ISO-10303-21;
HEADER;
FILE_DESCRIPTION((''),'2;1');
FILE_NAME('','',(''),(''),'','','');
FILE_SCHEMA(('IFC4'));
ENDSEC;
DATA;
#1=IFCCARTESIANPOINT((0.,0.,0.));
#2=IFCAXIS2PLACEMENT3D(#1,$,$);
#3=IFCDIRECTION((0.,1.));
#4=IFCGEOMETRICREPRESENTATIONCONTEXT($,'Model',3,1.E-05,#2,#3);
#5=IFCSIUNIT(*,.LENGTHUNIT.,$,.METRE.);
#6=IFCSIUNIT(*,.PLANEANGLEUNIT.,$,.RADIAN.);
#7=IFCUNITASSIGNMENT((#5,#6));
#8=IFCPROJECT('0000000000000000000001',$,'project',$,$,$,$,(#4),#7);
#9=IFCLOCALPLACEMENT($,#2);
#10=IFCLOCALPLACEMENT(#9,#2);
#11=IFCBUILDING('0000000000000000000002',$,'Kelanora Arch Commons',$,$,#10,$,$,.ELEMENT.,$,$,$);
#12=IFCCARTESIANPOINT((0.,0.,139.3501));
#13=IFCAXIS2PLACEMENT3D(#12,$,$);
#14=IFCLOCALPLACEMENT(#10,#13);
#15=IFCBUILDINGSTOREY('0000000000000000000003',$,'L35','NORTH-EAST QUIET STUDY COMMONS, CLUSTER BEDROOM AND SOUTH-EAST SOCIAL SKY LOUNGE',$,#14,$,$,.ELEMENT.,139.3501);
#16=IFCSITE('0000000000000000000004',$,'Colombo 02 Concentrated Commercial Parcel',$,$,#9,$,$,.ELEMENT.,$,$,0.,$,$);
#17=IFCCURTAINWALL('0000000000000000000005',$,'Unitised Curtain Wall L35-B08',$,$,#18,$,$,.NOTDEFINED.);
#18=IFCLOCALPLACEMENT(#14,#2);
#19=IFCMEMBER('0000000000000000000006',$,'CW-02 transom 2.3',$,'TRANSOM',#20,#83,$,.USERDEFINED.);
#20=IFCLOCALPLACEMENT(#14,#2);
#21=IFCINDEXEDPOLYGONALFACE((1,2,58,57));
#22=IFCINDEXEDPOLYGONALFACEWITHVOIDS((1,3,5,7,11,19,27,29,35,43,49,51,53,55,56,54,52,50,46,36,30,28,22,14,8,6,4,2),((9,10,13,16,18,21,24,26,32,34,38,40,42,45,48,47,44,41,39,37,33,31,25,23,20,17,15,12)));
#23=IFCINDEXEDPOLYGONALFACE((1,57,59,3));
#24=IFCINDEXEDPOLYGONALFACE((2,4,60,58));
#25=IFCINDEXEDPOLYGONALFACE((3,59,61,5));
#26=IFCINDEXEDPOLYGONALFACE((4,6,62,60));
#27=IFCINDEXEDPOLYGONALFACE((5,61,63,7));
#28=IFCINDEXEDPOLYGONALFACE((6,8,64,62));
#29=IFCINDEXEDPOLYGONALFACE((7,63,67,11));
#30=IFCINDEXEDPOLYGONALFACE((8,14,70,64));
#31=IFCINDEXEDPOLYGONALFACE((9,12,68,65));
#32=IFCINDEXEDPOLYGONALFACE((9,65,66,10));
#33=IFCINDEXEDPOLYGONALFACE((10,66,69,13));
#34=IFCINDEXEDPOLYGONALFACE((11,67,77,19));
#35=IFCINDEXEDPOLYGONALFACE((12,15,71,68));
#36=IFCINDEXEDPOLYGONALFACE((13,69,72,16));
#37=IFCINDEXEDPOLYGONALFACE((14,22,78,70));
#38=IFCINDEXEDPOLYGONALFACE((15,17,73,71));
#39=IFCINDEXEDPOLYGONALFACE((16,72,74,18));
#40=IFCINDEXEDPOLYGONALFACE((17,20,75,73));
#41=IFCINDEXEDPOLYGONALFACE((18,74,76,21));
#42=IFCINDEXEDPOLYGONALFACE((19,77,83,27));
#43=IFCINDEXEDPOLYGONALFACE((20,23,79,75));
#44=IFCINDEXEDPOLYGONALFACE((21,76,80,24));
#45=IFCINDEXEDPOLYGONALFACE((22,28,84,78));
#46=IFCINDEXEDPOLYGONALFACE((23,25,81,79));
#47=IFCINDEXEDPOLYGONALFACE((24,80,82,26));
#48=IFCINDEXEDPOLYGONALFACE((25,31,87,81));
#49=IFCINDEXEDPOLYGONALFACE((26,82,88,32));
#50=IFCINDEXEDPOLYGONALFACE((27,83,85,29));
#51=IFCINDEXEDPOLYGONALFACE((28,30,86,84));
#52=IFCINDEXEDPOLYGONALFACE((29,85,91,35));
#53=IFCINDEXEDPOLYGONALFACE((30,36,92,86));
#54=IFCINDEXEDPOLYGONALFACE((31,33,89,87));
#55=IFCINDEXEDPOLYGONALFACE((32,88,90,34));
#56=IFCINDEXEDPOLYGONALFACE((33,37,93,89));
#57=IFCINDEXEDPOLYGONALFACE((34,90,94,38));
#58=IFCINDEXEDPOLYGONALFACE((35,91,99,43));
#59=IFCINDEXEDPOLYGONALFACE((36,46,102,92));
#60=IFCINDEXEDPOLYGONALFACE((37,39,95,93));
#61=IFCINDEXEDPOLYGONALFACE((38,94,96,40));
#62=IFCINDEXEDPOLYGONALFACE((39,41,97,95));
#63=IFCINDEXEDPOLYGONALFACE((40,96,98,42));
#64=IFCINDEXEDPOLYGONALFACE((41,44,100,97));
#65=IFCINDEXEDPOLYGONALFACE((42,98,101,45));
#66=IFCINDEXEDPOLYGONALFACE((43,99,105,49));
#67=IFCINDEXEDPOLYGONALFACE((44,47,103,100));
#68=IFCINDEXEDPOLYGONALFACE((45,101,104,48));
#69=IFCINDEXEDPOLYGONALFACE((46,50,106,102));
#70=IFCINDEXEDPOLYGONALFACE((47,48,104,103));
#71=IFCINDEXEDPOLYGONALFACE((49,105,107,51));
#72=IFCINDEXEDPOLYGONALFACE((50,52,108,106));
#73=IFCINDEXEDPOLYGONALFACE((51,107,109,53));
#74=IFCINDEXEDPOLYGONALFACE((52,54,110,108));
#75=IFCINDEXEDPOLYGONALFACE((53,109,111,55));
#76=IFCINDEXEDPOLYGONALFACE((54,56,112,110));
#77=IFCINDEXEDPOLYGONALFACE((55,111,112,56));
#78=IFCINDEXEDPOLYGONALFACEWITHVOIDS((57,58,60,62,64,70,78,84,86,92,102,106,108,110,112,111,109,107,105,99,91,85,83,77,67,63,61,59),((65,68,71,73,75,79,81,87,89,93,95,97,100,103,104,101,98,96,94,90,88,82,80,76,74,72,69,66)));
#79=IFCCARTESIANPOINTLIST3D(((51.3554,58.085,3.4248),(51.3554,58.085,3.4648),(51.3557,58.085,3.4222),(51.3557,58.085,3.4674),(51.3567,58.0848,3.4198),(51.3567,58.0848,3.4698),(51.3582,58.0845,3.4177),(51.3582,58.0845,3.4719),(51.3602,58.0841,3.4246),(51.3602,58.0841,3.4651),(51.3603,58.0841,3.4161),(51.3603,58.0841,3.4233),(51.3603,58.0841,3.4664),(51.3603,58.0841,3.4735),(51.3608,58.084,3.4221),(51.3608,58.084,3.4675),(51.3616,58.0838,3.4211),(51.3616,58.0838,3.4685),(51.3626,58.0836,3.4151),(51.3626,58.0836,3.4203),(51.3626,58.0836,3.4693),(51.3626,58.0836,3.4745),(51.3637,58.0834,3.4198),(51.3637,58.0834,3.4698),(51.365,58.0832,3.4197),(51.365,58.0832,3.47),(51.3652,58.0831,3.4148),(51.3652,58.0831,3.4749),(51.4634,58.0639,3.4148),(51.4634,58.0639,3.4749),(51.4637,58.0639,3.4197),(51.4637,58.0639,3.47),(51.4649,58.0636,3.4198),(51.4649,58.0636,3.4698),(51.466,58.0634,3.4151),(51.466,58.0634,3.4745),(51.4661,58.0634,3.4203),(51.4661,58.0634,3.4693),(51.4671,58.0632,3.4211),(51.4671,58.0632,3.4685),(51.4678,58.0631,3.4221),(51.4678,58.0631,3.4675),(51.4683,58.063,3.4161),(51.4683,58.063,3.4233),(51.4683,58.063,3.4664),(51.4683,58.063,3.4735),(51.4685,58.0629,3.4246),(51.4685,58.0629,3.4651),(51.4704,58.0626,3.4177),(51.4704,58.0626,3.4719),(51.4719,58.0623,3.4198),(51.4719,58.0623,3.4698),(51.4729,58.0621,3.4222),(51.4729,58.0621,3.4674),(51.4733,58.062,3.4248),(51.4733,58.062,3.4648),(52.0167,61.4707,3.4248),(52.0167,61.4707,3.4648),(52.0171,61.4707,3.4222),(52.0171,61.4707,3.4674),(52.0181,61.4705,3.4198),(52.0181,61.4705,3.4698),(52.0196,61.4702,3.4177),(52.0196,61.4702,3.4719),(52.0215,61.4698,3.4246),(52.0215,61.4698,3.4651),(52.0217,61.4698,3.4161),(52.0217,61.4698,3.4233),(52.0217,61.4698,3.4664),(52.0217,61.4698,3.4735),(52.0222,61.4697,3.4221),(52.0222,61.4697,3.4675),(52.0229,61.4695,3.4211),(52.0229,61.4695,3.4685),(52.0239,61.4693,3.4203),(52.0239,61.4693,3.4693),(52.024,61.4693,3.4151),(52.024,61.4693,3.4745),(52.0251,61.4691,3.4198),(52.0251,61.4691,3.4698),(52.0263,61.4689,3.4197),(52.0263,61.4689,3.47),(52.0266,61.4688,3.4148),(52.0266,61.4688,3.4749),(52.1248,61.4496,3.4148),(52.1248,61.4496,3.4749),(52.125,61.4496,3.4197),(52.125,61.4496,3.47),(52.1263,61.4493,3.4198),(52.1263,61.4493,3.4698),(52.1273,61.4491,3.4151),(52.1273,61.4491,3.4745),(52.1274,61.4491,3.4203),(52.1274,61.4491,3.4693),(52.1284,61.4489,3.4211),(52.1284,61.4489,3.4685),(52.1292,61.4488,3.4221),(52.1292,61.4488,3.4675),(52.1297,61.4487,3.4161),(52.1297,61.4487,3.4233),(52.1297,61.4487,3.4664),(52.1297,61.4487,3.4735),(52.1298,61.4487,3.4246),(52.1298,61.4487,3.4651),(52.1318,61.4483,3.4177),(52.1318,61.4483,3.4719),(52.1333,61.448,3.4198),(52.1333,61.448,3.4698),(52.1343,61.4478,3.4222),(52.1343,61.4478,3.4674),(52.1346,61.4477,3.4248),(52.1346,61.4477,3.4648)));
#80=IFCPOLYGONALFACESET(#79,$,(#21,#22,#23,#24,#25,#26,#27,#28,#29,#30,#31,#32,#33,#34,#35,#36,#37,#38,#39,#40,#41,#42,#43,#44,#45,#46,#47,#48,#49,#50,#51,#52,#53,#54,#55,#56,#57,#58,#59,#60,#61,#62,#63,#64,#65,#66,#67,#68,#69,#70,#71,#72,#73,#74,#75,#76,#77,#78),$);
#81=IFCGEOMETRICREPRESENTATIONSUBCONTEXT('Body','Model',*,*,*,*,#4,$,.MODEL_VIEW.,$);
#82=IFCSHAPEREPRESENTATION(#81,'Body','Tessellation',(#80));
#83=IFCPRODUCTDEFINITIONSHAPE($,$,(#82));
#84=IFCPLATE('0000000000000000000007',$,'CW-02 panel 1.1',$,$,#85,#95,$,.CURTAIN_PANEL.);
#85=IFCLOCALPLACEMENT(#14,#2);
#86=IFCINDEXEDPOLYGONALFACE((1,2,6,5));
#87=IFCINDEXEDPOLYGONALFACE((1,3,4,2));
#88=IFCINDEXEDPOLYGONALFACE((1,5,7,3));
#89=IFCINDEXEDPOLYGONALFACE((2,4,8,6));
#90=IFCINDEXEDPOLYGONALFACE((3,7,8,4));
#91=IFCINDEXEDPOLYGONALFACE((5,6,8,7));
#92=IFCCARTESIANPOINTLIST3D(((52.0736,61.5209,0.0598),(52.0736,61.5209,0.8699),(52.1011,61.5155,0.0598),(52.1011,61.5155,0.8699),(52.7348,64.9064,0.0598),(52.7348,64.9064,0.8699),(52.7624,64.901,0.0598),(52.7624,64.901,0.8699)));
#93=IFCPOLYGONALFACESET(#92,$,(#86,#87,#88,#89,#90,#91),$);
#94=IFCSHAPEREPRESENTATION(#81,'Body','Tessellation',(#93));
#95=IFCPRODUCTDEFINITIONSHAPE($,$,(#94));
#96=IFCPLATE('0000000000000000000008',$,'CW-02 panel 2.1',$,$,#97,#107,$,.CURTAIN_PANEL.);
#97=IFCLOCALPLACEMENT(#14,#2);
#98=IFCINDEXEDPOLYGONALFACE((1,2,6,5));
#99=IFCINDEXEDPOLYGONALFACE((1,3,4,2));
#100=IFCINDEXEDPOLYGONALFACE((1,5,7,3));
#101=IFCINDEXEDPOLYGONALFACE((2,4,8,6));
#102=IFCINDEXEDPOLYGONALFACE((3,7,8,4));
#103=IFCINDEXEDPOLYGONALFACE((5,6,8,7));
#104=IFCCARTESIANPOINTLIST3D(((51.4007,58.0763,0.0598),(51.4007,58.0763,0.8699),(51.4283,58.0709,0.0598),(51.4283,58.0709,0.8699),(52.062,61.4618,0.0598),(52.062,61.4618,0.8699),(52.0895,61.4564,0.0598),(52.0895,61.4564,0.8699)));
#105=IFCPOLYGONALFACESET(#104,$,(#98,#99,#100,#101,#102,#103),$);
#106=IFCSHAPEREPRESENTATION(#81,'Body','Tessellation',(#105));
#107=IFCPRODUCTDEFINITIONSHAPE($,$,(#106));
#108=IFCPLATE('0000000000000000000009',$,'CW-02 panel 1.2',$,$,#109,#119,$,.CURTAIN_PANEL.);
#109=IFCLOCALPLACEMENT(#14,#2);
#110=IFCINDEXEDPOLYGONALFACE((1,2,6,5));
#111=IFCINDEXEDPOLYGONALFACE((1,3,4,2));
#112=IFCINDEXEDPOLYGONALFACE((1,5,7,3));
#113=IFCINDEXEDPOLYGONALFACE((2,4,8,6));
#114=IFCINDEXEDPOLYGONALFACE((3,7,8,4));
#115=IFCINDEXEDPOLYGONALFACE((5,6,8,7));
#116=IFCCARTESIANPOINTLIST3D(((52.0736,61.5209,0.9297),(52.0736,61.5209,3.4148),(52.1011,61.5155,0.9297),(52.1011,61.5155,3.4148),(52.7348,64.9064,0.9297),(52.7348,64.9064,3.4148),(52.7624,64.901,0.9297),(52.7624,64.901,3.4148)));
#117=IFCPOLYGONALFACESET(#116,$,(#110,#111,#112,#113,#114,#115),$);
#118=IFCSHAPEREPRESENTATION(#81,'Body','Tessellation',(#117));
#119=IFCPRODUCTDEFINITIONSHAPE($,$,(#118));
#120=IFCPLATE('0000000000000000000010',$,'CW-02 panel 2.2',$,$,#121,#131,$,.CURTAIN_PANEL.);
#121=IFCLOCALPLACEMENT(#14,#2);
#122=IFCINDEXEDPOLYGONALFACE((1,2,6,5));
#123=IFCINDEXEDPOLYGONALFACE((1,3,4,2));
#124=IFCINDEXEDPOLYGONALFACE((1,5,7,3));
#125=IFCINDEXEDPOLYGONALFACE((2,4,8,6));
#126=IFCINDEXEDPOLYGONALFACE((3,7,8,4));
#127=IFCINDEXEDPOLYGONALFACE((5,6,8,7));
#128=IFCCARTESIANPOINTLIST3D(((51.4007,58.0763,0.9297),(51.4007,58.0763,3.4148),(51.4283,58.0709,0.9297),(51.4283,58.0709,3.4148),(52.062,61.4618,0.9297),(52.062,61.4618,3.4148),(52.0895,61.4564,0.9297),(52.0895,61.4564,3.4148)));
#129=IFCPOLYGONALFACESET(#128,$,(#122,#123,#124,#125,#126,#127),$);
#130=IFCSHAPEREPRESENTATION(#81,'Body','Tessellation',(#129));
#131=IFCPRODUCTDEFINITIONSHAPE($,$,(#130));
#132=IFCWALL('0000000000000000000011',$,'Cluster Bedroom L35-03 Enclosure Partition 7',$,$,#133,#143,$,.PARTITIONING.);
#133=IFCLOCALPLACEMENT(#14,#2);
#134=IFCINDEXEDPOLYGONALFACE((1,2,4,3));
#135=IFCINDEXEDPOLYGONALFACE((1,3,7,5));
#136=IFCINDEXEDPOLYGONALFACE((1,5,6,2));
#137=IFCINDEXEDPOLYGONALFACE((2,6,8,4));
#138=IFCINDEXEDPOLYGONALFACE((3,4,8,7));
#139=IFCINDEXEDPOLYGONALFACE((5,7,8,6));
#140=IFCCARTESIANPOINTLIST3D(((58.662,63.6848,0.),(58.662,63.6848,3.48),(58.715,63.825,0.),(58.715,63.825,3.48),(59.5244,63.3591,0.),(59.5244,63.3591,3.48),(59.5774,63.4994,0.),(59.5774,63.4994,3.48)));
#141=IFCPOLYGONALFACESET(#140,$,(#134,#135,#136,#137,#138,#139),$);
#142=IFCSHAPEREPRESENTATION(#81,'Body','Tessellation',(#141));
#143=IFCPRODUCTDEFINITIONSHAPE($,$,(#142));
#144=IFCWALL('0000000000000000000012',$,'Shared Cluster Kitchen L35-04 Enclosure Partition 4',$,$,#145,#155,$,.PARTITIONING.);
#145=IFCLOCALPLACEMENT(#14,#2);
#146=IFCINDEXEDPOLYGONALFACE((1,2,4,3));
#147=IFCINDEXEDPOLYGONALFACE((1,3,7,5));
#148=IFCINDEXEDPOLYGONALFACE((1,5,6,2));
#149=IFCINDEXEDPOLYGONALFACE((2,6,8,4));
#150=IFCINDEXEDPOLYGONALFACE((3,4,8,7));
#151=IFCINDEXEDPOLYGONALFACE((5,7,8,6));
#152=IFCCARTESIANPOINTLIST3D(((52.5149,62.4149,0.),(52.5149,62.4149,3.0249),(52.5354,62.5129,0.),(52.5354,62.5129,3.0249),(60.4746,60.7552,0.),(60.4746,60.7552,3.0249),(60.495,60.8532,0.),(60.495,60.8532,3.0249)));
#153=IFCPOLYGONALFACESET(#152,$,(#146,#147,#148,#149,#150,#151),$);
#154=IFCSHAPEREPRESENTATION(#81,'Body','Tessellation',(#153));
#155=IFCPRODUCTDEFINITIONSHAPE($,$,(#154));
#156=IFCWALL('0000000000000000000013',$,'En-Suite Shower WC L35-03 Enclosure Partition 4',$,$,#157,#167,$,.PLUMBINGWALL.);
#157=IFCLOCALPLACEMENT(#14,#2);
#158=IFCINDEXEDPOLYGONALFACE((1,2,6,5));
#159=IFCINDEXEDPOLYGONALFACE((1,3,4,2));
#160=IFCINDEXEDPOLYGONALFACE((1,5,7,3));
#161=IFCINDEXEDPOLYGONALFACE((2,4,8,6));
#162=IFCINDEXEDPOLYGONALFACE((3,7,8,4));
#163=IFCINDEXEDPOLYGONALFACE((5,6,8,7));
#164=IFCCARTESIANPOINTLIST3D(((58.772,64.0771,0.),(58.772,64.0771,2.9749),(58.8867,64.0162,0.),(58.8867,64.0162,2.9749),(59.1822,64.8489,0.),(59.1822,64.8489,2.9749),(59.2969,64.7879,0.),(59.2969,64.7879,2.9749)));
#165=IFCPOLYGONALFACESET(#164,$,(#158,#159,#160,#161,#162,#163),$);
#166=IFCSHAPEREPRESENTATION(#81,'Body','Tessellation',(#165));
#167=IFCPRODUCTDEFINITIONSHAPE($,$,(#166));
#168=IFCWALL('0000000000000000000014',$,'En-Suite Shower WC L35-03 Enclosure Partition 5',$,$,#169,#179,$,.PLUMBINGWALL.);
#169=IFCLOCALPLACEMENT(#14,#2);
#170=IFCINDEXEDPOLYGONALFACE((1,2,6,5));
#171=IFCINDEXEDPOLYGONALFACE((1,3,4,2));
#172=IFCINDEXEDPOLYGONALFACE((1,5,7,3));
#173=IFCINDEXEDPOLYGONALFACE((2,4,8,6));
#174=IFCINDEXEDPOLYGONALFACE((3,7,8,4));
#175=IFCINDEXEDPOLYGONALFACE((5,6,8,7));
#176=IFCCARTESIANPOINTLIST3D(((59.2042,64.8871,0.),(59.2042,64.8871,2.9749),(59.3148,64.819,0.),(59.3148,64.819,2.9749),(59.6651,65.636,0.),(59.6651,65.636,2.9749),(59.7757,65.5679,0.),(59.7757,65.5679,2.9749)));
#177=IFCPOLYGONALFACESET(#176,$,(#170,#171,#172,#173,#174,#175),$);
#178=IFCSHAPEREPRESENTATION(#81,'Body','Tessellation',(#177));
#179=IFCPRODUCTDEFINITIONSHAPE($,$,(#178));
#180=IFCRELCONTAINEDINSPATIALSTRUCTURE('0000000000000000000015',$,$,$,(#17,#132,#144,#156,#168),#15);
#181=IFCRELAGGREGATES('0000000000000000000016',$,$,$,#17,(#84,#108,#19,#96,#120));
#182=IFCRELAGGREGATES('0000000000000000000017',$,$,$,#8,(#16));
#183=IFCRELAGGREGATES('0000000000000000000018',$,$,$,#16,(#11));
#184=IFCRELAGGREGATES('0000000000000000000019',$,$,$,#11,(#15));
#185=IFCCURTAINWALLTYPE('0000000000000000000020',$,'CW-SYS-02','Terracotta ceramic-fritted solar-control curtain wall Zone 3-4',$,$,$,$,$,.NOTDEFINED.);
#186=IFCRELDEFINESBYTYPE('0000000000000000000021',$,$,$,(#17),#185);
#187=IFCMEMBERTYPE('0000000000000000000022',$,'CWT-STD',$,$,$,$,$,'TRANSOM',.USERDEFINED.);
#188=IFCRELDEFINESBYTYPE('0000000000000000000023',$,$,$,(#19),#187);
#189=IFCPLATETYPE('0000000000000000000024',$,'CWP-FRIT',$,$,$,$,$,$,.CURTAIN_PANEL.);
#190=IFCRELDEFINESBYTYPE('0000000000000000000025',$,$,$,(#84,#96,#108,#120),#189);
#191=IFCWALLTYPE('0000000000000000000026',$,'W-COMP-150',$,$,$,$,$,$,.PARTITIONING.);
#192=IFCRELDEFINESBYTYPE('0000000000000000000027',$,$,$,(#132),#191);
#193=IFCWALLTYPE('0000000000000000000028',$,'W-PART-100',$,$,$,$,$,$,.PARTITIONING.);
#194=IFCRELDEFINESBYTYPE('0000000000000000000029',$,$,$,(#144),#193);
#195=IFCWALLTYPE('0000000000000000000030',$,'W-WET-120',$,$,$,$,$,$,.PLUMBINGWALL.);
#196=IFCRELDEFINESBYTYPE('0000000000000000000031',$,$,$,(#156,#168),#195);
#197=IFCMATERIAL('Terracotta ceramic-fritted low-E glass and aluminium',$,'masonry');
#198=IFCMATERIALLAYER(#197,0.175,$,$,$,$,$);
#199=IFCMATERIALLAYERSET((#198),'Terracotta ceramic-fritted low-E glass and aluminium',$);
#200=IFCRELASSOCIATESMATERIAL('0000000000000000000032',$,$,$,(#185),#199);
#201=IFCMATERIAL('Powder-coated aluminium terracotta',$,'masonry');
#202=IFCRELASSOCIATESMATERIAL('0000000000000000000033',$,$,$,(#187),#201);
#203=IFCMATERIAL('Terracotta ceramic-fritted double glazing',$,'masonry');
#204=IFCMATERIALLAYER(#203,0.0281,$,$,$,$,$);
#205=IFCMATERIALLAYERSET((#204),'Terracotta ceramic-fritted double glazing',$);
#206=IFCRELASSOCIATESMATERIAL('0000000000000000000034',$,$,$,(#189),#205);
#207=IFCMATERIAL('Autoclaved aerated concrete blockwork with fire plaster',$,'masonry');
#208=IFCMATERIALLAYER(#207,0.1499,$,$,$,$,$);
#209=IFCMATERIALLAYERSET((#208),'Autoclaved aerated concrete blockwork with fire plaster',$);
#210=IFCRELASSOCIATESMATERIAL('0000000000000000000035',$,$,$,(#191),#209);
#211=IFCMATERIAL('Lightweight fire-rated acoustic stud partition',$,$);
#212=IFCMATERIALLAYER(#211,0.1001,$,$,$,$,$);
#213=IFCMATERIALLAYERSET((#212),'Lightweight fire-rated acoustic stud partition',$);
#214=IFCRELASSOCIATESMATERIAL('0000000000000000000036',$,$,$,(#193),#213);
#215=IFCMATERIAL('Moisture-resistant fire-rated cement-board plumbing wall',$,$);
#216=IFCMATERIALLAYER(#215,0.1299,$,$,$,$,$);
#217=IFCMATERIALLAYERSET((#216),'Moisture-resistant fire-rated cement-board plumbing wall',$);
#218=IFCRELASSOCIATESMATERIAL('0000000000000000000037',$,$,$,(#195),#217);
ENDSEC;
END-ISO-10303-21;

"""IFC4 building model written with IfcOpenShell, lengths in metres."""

from ifc_helpers import new_model, si_unit, direction, frame, frame_2d, origin, origin_2d, place, context, subcontext, project, spatial, rectangle, hollow_rectangle, extrude, source, transform, mapped, material, layer, layer_set, material_profile, profile_set, type_object, element, aggregate, save


model = new_model("IFC4")

# Units and contexts
model_context = context("Model", 3, precision=1e-05, world=origin(), true_north=direction((0.0, 1.0)))
body_context = subcontext(model_context, "Body", "Model", "MODEL_VIEW")
ifc_project = project(units=[si_unit("LENGTHUNIT", "METRE"), si_unit("PLANEANGLEUNIT", "RADIAN")], contexts=[model_context])

# Site, building, storey
site_placement = place(None, origin())
site = spatial("IfcSite", under=ifc_project, at=site_placement, Name="Colombo 02 Concentrated Commercial Parcel", CompositionType="ELEMENT", RefElevation=0.0)
building_placement = place(site_placement, origin())
building = spatial("IfcBuilding", under=site, at=building_placement, Name="Kelanora Arch Commons", CompositionType="ELEMENT")
storey_placement = place(building_placement, frame((0.0, 0.0, 139.3501)))
storey = spatial("IfcBuildingStorey", under=building, at=storey_placement, Name="L35", Description="NORTH-EAST QUIET STUDY COMMONS, CLUSTER BEDROOM AND SOUTH-EAST SOCIAL SKY LOUNGE", CompositionType="ELEMENT", Elevation=139.3501)

# Curtain wall, member, plates
ifc_material_1 = material(Name="Terracotta ceramic-fritted low-E glass and aluminium", Category="masonry")
ifc_layer_1 = layer(ifc_material_1, 0.175)
ifc_layer_set_1 = layer_set([ifc_layer_1], Name="Terracotta ceramic-fritted low-E glass and aluminium")
curtain_wall_type = type_object("IfcCurtainWallType", Name="CW-SYS-02", Description="Terracotta ceramic-fritted solar-control curtain wall Zone 3-4", PredefinedType="NOTDEFINED", material=ifc_layer_set_1)
curtain_wall_placement = place(storey_placement, origin())
curtain_wall = element("IfcCurtainWall", 1, at=curtain_wall_placement, inside=storey, type_object=curtain_wall_type, Name="Unitised Curtain Wall L35-B08", PredefinedType="NOTDEFINED")
ifc_material_2 = material(Name="Powder-coated aluminium terracotta", Category="masonry")
ifc_material_profile_1 = material_profile(ifc_material_2, hollow_rectangle(XDim=0.1201, YDim=0.0601, WallThickness=0.0049, InnerFilletRadius=0.0049, OuterFilletRadius=0.01, at=origin_2d()), Name="CWT120x60")
ifc_profile_set_1 = profile_set([ifc_material_profile_1], Name="Powder-coated aluminium terracotta")
member_type_1 = type_object("IfcMemberType", Name="CWT-STD", ElementType="TRANSOM", PredefinedType="USERDEFINED", material=ifc_profile_set_1)
member_1_placement = place(storey_placement, frame((52.0757, 61.4592, 3.4448), z_axis=(-0.191718, -0.98145, 0.0), x_axis=(0.98145, -0.191718, 0.0)))
member_1 = element("IfcMember", 2, at=member_1_placement, type_object=member_type_1, Name="CW-02 transom 2.3", ObjectType="TRANSOM", PredefinedType="USERDEFINED", context=body_context, shape_type="SweptSolid", body=[
    extrude(hollow_rectangle(XDim=0.1201, YDim=0.0601, WallThickness=0.0049, InnerFilletRadius=0.0049, OuterFilletRadius=0.01, at=origin_2d()), origin(), (0.0, 0.0, 1.0), 3.4497),
])
ifc_material_3 = material(Name="Terracotta ceramic-fritted double glazing", Category="masonry")
ifc_layer_2 = layer(ifc_material_3, 0.0281)
ifc_layer_set_2 = layer_set([ifc_layer_2], Name="Terracotta ceramic-fritted double glazing")
plate_type = type_object("IfcPlateType", Name="CWP-FRIT", PredefinedType="CURTAIN_PANEL", material=ifc_layer_set_2)
shared_shape_1 = source(origin(), body_context, "Body", "SweptSolid", [
    extrude(rectangle(XDim=3.4495, YDim=0.0281, at=origin_2d()), origin(), (0.0, 0.0, 1.0), 0.8101),
])
plate_1_placement = place(storey_placement, frame((52.418, 63.2109, 0.0598), z_axis=(0.0, 0.0, 1.0), x_axis=(-0.191705, -0.981453, 0.0)))
plate_1 = element("IfcPlate", 3, at=plate_1_placement, type_object=plate_type, Name="CW-02 panel 1.1", PredefinedType="CURTAIN_PANEL", context=body_context, shape_type="MappedRepresentation", body=[
    mapped(shared_shape_1, transform((0.0, 0.0, 0.0), scale=1.0)),
])
plate_2_placement = place(storey_placement, frame((51.7451, 59.7664, 0.0598), z_axis=(0.0, 0.0, 1.0), x_axis=(-0.191705, -0.981453, 0.0)))
plate_2 = element("IfcPlate", 4, at=plate_2_placement, type_object=plate_type, Name="CW-02 panel 2.1", PredefinedType="CURTAIN_PANEL", context=body_context, shape_type="MappedRepresentation", body=[
    mapped(shared_shape_1, transform((0.0, 0.0, 0.0), scale=1.0)),
])
shared_shape_2 = source(origin(), body_context, "Body", "SweptSolid", [
    extrude(rectangle(XDim=3.4495, YDim=0.0281, at=origin_2d()), origin(), (0.0, 0.0, 1.0), 2.4851),
])
plate_3_placement = place(storey_placement, frame((52.418, 63.2109, 0.9297), z_axis=(0.0, 0.0, 1.0), x_axis=(-0.191705, -0.981453, 0.0)))
plate_3 = element("IfcPlate", 5, at=plate_3_placement, type_object=plate_type, Name="CW-02 panel 1.2", PredefinedType="CURTAIN_PANEL", context=body_context, shape_type="MappedRepresentation", body=[
    mapped(shared_shape_2, transform((0.0, 0.0, 0.0), scale=1.0)),
])
plate_4_placement = place(storey_placement, frame((51.7451, 59.7664, 0.9297), z_axis=(0.0, 0.0, 1.0), x_axis=(-0.191705, -0.981453, 0.0)))
plate_4 = element("IfcPlate", 6, at=plate_4_placement, type_object=plate_type, Name="CW-02 panel 2.2", PredefinedType="CURTAIN_PANEL", context=body_context, shape_type="MappedRepresentation", body=[
    mapped(shared_shape_2, transform((0.0, 0.0, 0.0), scale=1.0)),
])
aggregate(curtain_wall, [plate_1, plate_3, member_1, plate_2, plate_4])

# Walls
ifc_material_4 = material(Name="Autoclaved aerated concrete blockwork with fire plaster", Category="masonry")
ifc_layer_3 = layer(ifc_material_4, 0.1499)
ifc_layer_set_3 = layer_set([ifc_layer_3], Name="Autoclaved aerated concrete blockwork with fire plaster")
wall_type_1 = type_object("IfcWallType", Name="W-COMP-150", PredefinedType="PARTITIONING", material=ifc_layer_set_3)
wall_1_placement = place(storey_placement, frame((58.6885, 63.7549, 0.0), z_axis=(0.0, 0.0, 1.0), x_axis=(0.935532, -0.353241, 0.0)))
element("IfcWall", 7, at=wall_1_placement, inside=storey, type_object=wall_type_1, Name="Cluster Bedroom L35-03 Enclosure Partition 7", PredefinedType="PARTITIONING", context=body_context, shape_type="SweptSolid", body=[
    extrude(rectangle(XDim=0.9219, YDim=0.1499, at=frame_2d((0.4609, 0.0))), origin(), (0.0, 0.0, 1.0), 3.48),
])
ifc_material_5 = material(Name="Lightweight fire-rated acoustic stud partition")
ifc_layer_4 = layer(ifc_material_5, 0.1001)
ifc_layer_set_4 = layer_set([ifc_layer_4], Name="Lightweight fire-rated acoustic stud partition")
wall_type_2 = type_object("IfcWallType", Name="W-PART-100", PredefinedType="PARTITIONING", material=ifc_layer_set_4)
wall_2_placement = place(storey_placement, frame((52.5251, 62.4639, 0.0), z_axis=(0.0, 0.0, 1.0), x_axis=(0.978946, -0.204119, 0.0)))
element("IfcWall", 8, at=wall_2_placement, inside=storey, type_object=wall_type_2, Name="Shared Cluster Kitchen L35-04 Enclosure Partition 4", PredefinedType="PARTITIONING", context=body_context, shape_type="SweptSolid", body=[
    extrude(rectangle(XDim=8.1309, YDim=0.1001, at=frame_2d((4.0654, 0.0))), origin(), (0.0, 0.0, 1.0), 3.0249),
])
ifc_material_6 = material(Name="Moisture-resistant fire-rated cement-board plumbing wall")
ifc_layer_5 = layer(ifc_material_6, 0.1299)
ifc_layer_set_5 = layer_set([ifc_layer_5], Name="Moisture-resistant fire-rated cement-board plumbing wall")
wall_type_3 = type_object("IfcWallType", Name="W-WET-120", PredefinedType="PLUMBINGWALL", material=ifc_layer_set_5)
wall_3_placement = place(storey_placement, frame((58.8293, 64.0466, 0.0), z_axis=(0.0, 0.0, 1.0), x_axis=(0.469312, 0.883033, 0.0)))
element("IfcWall", 9, at=wall_3_placement, inside=storey, type_object=wall_type_3, Name="En-Suite Shower WC L35-03 Enclosure Partition 4", PredefinedType="PLUMBINGWALL", context=body_context, shape_type="SweptSolid", body=[
    extrude(rectangle(XDim=0.874, YDim=0.1299, at=frame_2d((0.437, 0.0))), origin(), (0.0, 0.0, 1.0), 2.9749),
])
wall_4_placement = place(storey_placement, frame((59.2595, 64.853, 0.0), z_axis=(0.0, 0.0, 1.0), x_axis=(0.524097, 0.851658, 0.0)))
element("IfcWall", 10, at=wall_4_placement, inside=storey, type_object=wall_type_3, Name="En-Suite Shower WC L35-03 Enclosure Partition 5", PredefinedType="PLUMBINGWALL", context=body_context, shape_type="SweptSolid", body=[
    extrude(rectangle(XDim=0.8794, YDim=0.1299, at=frame_2d((0.4397, 0.0))), origin(), (0.0, 0.0, 1.0), 2.9749),
])

save(model, "model.ifc")
